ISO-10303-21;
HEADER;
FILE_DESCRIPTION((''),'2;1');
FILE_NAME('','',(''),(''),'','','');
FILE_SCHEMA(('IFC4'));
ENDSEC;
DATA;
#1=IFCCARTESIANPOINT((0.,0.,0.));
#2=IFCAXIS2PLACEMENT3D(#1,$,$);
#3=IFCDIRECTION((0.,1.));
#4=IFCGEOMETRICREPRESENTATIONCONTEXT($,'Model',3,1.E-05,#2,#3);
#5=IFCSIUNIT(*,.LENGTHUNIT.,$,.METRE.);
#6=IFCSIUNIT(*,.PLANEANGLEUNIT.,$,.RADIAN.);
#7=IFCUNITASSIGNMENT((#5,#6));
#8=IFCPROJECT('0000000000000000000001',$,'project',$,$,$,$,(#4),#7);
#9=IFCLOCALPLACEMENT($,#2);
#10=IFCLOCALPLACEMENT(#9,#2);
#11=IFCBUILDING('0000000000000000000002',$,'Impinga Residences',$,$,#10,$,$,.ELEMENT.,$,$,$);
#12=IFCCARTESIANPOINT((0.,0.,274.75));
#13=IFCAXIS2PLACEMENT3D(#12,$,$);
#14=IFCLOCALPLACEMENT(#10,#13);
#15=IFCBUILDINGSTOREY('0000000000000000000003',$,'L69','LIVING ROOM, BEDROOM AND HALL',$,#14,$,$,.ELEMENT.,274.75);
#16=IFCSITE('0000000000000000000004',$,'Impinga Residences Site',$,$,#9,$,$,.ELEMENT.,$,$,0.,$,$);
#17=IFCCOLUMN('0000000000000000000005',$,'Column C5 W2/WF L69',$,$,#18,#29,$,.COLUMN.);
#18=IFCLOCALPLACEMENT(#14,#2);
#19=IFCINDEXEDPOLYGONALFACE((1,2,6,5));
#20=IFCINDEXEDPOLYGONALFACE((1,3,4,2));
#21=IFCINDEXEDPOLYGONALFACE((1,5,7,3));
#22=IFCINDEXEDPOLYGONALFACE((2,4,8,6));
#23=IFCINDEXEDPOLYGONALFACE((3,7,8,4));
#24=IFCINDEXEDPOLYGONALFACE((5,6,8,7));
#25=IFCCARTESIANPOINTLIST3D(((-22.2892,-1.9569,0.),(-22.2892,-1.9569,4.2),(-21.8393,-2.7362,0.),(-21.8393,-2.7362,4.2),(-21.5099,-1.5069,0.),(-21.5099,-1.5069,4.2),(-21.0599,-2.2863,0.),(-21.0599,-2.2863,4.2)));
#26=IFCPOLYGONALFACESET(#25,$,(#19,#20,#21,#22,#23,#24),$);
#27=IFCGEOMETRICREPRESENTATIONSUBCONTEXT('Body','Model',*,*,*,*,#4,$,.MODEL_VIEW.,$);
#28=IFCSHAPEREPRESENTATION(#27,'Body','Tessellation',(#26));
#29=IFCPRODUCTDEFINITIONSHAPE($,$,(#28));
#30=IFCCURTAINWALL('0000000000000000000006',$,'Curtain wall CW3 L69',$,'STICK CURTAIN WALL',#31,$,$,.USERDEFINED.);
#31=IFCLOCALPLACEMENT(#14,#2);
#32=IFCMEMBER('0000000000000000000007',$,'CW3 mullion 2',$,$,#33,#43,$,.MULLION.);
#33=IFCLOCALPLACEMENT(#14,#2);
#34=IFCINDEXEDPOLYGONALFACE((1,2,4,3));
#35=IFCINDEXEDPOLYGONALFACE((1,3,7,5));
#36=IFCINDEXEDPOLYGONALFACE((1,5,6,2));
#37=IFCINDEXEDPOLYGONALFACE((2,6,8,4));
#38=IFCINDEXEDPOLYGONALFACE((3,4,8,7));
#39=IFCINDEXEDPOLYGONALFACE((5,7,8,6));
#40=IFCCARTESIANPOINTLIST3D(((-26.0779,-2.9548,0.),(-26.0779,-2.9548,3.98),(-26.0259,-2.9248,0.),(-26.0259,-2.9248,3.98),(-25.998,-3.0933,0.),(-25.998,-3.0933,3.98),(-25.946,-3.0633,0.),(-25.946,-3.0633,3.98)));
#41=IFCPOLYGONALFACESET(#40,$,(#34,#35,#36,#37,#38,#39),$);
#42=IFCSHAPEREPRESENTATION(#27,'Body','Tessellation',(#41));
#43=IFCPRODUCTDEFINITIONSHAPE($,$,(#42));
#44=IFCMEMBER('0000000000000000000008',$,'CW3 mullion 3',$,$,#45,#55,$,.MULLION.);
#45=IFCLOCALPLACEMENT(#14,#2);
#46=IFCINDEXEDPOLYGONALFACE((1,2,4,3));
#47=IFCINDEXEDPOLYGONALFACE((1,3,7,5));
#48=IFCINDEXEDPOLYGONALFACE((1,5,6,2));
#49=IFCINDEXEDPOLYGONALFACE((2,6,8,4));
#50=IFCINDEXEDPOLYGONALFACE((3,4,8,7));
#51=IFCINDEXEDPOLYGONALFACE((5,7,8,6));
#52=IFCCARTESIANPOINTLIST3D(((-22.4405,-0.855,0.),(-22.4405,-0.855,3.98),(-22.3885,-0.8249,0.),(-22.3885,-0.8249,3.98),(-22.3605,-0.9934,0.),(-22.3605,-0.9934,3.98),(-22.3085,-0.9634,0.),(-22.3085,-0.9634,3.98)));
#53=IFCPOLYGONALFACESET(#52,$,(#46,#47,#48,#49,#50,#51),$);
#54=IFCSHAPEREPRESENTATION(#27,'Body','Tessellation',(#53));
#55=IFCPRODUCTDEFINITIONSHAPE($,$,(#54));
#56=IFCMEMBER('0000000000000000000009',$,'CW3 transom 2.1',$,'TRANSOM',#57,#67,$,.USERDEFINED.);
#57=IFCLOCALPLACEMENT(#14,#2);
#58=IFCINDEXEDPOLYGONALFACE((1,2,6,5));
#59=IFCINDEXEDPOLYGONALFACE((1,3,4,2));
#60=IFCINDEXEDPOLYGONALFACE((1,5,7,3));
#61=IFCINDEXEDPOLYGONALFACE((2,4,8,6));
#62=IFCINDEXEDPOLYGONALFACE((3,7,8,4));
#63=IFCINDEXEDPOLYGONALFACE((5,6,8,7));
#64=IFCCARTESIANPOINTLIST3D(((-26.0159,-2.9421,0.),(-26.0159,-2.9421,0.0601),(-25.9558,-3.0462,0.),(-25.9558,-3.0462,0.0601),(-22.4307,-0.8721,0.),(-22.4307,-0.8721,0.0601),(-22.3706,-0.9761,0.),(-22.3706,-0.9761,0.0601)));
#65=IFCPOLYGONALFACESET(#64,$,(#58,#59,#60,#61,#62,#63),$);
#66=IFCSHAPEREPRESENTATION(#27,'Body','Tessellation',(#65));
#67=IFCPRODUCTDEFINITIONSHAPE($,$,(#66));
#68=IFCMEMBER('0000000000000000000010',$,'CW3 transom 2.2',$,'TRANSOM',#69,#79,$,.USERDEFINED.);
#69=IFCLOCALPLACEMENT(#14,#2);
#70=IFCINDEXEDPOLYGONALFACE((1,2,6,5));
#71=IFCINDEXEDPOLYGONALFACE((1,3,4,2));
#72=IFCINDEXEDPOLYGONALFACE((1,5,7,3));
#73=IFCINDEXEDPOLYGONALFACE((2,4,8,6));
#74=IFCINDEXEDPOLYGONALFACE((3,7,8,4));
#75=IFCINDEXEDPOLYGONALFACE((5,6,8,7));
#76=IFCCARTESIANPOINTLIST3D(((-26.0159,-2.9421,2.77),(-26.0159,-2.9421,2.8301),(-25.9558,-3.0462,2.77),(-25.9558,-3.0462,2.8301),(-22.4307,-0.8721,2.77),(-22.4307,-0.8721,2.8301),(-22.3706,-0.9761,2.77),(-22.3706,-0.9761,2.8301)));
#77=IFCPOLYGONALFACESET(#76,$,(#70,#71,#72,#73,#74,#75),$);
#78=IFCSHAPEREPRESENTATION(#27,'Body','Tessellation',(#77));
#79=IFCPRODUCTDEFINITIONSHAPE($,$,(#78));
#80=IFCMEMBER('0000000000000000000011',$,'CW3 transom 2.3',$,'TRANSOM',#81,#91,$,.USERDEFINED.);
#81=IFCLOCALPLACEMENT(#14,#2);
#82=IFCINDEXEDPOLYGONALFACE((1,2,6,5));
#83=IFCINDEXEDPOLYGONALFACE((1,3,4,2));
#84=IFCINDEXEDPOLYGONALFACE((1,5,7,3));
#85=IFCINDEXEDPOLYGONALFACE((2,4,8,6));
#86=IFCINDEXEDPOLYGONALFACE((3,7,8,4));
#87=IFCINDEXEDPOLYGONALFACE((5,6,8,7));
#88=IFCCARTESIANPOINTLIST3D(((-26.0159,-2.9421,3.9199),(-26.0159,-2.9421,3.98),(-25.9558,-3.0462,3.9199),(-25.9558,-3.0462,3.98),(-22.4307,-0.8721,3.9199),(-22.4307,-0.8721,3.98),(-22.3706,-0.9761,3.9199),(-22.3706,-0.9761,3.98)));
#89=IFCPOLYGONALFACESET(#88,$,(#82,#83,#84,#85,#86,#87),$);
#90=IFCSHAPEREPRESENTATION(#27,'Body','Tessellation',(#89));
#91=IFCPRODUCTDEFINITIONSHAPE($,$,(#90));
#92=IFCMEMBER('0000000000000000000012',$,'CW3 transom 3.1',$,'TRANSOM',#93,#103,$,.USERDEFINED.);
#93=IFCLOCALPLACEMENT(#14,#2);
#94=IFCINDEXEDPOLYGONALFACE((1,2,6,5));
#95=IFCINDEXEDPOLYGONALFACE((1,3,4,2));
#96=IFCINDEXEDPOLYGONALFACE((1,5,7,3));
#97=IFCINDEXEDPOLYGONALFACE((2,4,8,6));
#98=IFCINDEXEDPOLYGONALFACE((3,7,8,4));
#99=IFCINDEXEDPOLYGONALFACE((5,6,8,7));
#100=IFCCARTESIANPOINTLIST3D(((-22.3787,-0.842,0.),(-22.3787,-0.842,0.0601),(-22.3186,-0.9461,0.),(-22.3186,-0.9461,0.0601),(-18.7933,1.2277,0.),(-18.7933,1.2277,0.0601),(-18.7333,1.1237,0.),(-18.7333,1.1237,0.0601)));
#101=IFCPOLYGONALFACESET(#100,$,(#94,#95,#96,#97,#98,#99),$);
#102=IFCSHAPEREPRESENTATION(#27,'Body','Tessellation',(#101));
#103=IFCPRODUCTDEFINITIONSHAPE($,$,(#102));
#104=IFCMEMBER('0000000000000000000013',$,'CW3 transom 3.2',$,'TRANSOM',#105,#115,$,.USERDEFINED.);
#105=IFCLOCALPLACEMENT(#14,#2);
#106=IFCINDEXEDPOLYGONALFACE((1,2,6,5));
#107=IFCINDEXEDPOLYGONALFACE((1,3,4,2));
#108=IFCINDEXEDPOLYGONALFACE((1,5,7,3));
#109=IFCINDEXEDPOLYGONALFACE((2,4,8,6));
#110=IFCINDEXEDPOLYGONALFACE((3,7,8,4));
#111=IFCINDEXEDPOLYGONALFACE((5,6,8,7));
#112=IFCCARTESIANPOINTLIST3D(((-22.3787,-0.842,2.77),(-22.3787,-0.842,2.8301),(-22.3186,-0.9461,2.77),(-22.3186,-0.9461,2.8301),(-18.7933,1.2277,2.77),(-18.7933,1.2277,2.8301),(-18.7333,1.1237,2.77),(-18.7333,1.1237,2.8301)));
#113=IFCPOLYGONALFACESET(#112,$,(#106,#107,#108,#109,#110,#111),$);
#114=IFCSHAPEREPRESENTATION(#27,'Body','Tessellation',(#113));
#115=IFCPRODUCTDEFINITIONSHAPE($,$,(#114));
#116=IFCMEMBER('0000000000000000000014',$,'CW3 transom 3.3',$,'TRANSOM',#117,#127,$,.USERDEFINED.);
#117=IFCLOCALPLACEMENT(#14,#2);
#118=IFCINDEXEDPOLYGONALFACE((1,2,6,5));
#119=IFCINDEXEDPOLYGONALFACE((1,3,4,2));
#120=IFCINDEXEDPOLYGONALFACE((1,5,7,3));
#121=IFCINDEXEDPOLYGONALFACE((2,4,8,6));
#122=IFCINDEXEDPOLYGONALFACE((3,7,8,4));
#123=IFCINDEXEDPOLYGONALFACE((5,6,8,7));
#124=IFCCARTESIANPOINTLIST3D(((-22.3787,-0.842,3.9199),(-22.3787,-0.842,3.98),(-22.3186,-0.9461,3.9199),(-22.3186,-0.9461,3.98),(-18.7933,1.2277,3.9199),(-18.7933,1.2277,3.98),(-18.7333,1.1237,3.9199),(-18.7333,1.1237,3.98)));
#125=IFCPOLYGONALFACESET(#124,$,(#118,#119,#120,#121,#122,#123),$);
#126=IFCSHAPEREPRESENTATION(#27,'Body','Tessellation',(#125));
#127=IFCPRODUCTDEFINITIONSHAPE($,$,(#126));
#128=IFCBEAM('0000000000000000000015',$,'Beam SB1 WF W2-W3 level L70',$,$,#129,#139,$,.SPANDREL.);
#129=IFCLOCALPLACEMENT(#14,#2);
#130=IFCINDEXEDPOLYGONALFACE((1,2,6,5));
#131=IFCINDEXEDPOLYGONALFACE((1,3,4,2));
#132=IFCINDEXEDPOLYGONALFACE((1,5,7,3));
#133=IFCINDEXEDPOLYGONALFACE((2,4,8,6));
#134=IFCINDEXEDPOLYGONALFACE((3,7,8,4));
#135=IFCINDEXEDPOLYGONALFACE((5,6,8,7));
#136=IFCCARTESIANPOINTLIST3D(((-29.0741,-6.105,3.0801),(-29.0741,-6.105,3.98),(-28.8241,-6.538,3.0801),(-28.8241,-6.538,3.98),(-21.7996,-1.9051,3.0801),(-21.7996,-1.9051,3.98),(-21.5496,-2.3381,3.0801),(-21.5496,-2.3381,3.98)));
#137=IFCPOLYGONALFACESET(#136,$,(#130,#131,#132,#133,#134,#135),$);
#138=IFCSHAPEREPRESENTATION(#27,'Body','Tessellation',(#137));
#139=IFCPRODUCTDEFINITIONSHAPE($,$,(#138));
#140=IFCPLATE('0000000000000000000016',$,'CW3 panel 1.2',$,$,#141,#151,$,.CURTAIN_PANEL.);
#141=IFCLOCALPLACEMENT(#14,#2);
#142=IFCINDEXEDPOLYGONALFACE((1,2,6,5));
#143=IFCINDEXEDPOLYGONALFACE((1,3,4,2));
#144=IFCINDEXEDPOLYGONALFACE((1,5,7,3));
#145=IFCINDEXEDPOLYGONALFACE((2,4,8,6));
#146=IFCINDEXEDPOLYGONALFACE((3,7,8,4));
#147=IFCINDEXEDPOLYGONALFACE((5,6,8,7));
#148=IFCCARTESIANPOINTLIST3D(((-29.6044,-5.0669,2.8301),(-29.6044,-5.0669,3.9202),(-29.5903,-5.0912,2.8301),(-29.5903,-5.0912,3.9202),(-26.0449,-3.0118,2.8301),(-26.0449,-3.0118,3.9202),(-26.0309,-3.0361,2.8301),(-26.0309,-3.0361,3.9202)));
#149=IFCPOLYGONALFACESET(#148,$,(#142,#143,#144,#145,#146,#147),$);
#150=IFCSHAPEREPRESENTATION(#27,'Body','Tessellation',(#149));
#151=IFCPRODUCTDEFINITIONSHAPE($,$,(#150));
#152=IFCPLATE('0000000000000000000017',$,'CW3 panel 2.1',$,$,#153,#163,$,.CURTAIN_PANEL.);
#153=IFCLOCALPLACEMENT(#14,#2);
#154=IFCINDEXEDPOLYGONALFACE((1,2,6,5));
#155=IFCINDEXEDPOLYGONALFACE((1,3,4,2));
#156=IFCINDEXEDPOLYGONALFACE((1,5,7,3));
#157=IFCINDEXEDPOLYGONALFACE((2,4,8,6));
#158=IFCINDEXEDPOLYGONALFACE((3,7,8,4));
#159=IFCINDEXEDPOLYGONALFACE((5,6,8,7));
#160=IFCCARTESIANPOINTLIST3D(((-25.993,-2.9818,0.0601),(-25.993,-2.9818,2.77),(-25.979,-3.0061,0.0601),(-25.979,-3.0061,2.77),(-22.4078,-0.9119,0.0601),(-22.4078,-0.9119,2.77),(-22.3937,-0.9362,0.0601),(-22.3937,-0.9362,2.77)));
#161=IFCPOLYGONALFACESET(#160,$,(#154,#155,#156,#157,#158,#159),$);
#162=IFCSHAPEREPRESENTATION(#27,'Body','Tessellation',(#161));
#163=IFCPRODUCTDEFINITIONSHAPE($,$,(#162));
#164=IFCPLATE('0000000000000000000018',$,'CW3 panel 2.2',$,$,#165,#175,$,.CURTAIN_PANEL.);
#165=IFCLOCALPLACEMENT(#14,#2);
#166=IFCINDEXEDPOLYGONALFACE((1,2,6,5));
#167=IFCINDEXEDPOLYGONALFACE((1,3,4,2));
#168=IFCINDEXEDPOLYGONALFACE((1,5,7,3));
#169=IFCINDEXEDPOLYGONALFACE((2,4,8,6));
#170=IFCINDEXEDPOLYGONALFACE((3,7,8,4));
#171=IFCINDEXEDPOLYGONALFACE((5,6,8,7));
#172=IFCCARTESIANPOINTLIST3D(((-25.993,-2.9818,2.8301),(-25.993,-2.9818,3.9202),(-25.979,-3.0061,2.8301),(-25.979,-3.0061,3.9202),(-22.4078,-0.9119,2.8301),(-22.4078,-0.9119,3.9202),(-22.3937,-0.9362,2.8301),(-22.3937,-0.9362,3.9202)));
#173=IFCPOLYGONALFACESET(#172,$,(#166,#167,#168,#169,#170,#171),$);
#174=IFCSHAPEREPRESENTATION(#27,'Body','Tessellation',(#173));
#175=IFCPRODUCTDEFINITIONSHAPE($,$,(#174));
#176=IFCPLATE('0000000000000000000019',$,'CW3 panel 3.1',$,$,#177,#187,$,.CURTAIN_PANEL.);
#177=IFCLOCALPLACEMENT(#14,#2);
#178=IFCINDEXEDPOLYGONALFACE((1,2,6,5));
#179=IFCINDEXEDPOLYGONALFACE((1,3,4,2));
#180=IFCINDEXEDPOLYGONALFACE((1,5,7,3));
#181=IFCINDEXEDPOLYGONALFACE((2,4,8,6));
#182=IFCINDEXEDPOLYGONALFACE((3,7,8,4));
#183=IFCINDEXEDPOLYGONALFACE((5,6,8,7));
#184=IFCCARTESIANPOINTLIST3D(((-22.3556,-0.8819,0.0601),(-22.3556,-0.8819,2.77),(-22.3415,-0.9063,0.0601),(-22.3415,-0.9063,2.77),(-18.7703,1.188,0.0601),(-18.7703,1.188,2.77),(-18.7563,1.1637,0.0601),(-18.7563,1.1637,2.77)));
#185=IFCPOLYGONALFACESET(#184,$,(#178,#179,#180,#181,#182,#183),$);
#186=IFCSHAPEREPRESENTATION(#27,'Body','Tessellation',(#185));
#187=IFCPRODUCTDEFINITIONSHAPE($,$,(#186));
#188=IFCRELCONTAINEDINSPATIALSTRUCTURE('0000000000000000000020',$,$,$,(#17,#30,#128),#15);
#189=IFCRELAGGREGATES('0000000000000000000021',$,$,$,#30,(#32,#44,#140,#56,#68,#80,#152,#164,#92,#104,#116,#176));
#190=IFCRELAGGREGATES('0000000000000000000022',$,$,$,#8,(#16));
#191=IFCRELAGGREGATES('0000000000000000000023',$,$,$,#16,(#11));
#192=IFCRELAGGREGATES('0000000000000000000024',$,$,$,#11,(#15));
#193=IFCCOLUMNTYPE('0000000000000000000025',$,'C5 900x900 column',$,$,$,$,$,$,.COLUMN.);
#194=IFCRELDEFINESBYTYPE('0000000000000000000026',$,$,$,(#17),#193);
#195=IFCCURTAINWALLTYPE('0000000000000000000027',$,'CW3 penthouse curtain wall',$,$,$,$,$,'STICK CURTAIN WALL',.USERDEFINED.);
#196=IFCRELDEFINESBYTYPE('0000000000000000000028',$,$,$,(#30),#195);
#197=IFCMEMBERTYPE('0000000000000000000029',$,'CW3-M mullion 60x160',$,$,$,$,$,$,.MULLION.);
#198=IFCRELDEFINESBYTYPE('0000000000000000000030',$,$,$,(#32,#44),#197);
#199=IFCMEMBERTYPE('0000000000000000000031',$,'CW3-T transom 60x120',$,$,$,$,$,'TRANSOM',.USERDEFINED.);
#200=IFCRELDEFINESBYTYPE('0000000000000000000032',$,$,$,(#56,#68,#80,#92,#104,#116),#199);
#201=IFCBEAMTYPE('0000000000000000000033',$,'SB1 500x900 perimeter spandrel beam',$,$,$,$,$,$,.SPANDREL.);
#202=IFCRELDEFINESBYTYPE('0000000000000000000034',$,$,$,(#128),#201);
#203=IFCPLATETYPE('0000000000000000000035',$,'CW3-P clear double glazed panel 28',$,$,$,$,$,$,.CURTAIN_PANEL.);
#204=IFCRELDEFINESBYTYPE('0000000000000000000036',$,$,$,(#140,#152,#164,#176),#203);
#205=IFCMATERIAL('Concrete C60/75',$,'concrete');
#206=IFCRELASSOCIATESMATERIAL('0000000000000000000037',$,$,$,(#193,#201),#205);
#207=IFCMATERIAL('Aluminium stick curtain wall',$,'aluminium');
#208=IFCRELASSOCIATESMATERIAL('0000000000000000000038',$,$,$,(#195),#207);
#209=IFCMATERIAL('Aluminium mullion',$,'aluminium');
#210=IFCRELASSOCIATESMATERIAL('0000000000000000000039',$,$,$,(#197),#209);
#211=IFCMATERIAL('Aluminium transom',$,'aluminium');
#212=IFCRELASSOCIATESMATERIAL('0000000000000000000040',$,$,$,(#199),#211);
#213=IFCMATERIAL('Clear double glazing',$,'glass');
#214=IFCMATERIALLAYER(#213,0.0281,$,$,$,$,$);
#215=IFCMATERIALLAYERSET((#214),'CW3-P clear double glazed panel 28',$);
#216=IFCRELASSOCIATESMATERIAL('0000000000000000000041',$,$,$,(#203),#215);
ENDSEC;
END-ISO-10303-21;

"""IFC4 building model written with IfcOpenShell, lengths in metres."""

from ifc_helpers import new_model, si_unit, direction, frame, origin, origin_2d, place, context, subcontext, project, spatial, rectangle, extrude, material, layer, layer_set, material_profile, profile_set, type_object, element, aggregate, save


model = new_model("IFC4")

# Units and contexts
model_context = context("Model", 3, precision=1e-05, world=origin(), true_north=direction((0.0, 1.0)))
body_context = subcontext(model_context, "Body", "Model", "MODEL_VIEW")
ifc_project = project(units=[si_unit("LENGTHUNIT", "METRE"), si_unit("PLANEANGLEUNIT", "RADIAN")], contexts=[model_context])

# Site, building, storey
site_placement = place(None, origin())
site = spatial("IfcSite", under=ifc_project, at=site_placement, Name="Impinga Residences Site", CompositionType="ELEMENT", RefElevation=0.0)
building_placement = place(site_placement, origin())
building = spatial("IfcBuilding", under=site, at=building_placement, Name="Impinga Residences", CompositionType="ELEMENT")
storey_placement = place(building_placement, frame((0.0, 0.0, 274.75)))
storey = spatial("IfcBuildingStorey", under=building, at=storey_placement, Name="L69", Description="LIVING ROOM, BEDROOM AND HALL", CompositionType="ELEMENT", Elevation=274.75)

# Column
ifc_material_1 = material(Name="Concrete C60/75", Category="concrete")
ifc_material_profile_1 = material_profile(ifc_material_1, rectangle(XDim=0.8999, YDim=0.8999, at=origin_2d()), Name="RC 900x900")
ifc_profile_set_1 = profile_set([ifc_material_profile_1], Name="Concrete C60/75")
column_type = type_object("IfcColumnType", Name="C5 900x900 column", PredefinedType="COLUMN", material=ifc_profile_set_1)
column_placement = place(storey_placement, frame((-21.6746, -2.1216, 0.0), z_axis=(0.0, 0.0, 1.0), x_axis=(-0.5, 0.866025, 0.0)))
element("IfcColumn", 1, at=column_placement, inside=storey, type_object=column_type, Name="Column C5 W2/WF L69", PredefinedType="COLUMN", context=body_context, shape_type="SweptSolid", body=[
    extrude(rectangle(XDim=0.8999, YDim=0.8999, at=origin_2d()), origin(), (0.0, 0.0, 1.0), 4.2),
])

# Curtain wall, members
ifc_material_2 = material(Name="Aluminium stick curtain wall", Category="aluminium")
curtain_wall_type = type_object("IfcCurtainWallType", Name="CW3 penthouse curtain wall", ElementType="STICK CURTAIN WALL", PredefinedType="USERDEFINED", material=ifc_material_2)
curtain_wall_placement = place(storey_placement, origin())
curtain_wall = element("IfcCurtainWall", 2, at=curtain_wall_placement, inside=storey, type_object=curtain_wall_type, Name="Curtain wall CW3 L69", ObjectType="STICK CURTAIN WALL", PredefinedType="USERDEFINED")
ifc_material_3 = material(Name="Aluminium mullion", Category="aluminium")
ifc_material_profile_2 = material_profile(ifc_material_3, rectangle(XDim=0.0601, YDim=0.1599, at=origin_2d()), Name="60x160 mullion")
ifc_profile_set_2 = profile_set([ifc_material_profile_2], Name="Aluminium mullion")
member_type_1 = type_object("IfcMemberType", Name="CW3-M mullion 60x160", PredefinedType="MULLION", material=ifc_profile_set_2)
member_1_placement = place(storey_placement, frame((-26.012, -3.009, 0.0), z_axis=(0.0, 0.0, 1.0), x_axis=(0.866025, 0.5, 0.0)))
member_1 = element("IfcMember", 3, at=member_1_placement, type_object=member_type_1, Name="CW3 mullion 2", PredefinedType="MULLION", context=body_context, shape_type="SweptSolid", body=[
    extrude(rectangle(XDim=0.0601, YDim=0.1599, at=origin_2d()), origin(), (0.0, 0.0, 1.0), 3.98),
])
member_2_placement = place(storey_placement, frame((-22.3745, -0.9092, 0.0), z_axis=(0.0, 0.0, 1.0), x_axis=(0.866025, 0.5, 0.0)))
member_2 = element("IfcMember", 4, at=member_2_placement, type_object=member_type_1, Name="CW3 mullion 3", PredefinedType="MULLION", context=body_context, shape_type="SweptSolid", body=[
    extrude(rectangle(XDim=0.0601, YDim=0.1599, at=origin_2d()), origin(), (0.0, 0.0, 1.0), 3.98),
])
ifc_material_4 = material(Name="Aluminium transom", Category="aluminium")
ifc_material_profile_3 = material_profile(ifc_material_4, rectangle(XDim=0.0601, YDim=0.1201, at=origin_2d()), Name="60x120 transom")
ifc_profile_set_3 = profile_set([ifc_material_profile_3], Name="Aluminium transom")
member_type_2 = type_object("IfcMemberType", Name="CW3-T transom 60x120", ElementType="TRANSOM", PredefinedType="USERDEFINED", material=ifc_profile_set_3)
member_3_placement = place(storey_placement, frame((-25.9858, -2.9941, 0.03), z_axis=(0.86601, 0.500027, 0.0), x_axis=(0.0, 0.0, 1.0)))
member_3 = element("IfcMember", 5, at=member_3_placement, type_object=member_type_2, Name="CW3 transom 2.1", ObjectType="TRANSOM", PredefinedType="USERDEFINED", context=body_context, shape_type="SweptSolid", body=[
    extrude(rectangle(XDim=0.0601, YDim=0.1201, at=origin_2d()), origin(), (0.0, 0.0, 1.0), 4.1399),
])
member_4_placement = place(storey_placement, frame((-25.9858, -2.9941, 2.8), z_axis=(0.86601, 0.500027, 0.0), x_axis=(0.0, 0.0, 1.0)))
member_4 = element("IfcMember", 6, at=member_4_placement, type_object=member_type_2, Name="CW3 transom 2.2", ObjectType="TRANSOM", PredefinedType="USERDEFINED", context=body_context, shape_type="SweptSolid", body=[
    extrude(rectangle(XDim=0.0601, YDim=0.1201, at=origin_2d()), origin(), (0.0, 0.0, 1.0), 4.1399),
])
member_5_placement = place(storey_placement, frame((-25.9858, -2.9941, 3.95), z_axis=(0.86601, 0.500027, 0.0), x_axis=(0.0, 0.0, 1.0)))
member_5 = element("IfcMember", 7, at=member_5_placement, type_object=member_type_2, Name="CW3 transom 2.3", ObjectType="TRANSOM", PredefinedType="USERDEFINED", context=body_context, shape_type="SweptSolid", body=[
    extrude(rectangle(XDim=0.0601, YDim=0.1201, at=origin_2d()), origin(), (0.0, 0.0, 1.0), 4.1399),
])
member_6_placement = place(storey_placement, frame((-22.3486, -0.894, 0.03), z_axis=(0.86605, 0.499957, 0.0), x_axis=(0.0, 0.0, 1.0)))
member_6 = element("IfcMember", 8, at=member_6_placement, type_object=member_type_2, Name="CW3 transom 3.1", ObjectType="TRANSOM", PredefinedType="USERDEFINED", context=body_context, shape_type="SweptSolid", body=[
    extrude(rectangle(XDim=0.0601, YDim=0.1201, at=origin_2d()), origin(), (0.0, 0.0, 1.0), 4.1399),
])
member_7_placement = place(storey_placement, frame((-22.3486, -0.894, 2.8), z_axis=(0.86605, 0.499957, 0.0), x_axis=(0.0, 0.0, 1.0)))
member_7 = element("IfcMember", 9, at=member_7_placement, type_object=member_type_2, Name="CW3 transom 3.2", ObjectType="TRANSOM", PredefinedType="USERDEFINED", context=body_context, shape_type="SweptSolid", body=[
    extrude(rectangle(XDim=0.0601, YDim=0.1201, at=origin_2d()), origin(), (0.0, 0.0, 1.0), 4.1399),
])
member_8_placement = place(storey_placement, frame((-22.3486, -0.894, 3.95), z_axis=(0.86605, 0.499957, 0.0), x_axis=(0.0, 0.0, 1.0)))
member_8 = element("IfcMember", 10, at=member_8_placement, type_object=member_type_2, Name="CW3 transom 3.3", ObjectType="TRANSOM", PredefinedType="USERDEFINED", context=body_context, shape_type="SweptSolid", body=[
    extrude(rectangle(XDim=0.0601, YDim=0.1201, at=origin_2d()), origin(), (0.0, 0.0, 1.0), 4.1399),
])

# Beam
ifc_material_profile_4 = material_profile(ifc_material_1, rectangle(XDim=0.5, YDim=0.8999, at=origin_2d()), Name="RC 500x900")
ifc_profile_set_4 = profile_set([ifc_material_profile_4], Name="Concrete C60/75")
beam_type = type_object("IfcBeamType", Name="SB1 500x900 perimeter spandrel beam", PredefinedType="SPANDREL", material=ifc_profile_set_4)
beam_placement = place(storey_placement, frame((-21.6746, -2.1216, 3.53), z_axis=(-0.866029, -0.499993, 0.0), x_axis=(0.499993, -0.866029, 0.0)))
element("IfcBeam", 11, at=beam_placement, inside=storey, type_object=beam_type, Name="Beam SB1 WF W2-W3 level L70", PredefinedType="SPANDREL", context=body_context, shape_type="SweptSolid", body=[
    extrude(rectangle(XDim=0.5, YDim=0.8999, at=origin_2d()), origin(), (0.0, 0.0, 1.0), 8.3999),
])

# Plates
ifc_material_5 = material(Name="Clear double glazing", Category="glass")
ifc_layer_1 = layer(ifc_material_5, 0.0281)
ifc_layer_set_1 = layer_set([ifc_layer_1], Name="CW3-P clear double glazed panel 28")
plate_type = type_object("IfcPlateType", Name="CW3-P clear double glazed panel 28", PredefinedType="CURTAIN_PANEL", material=ifc_layer_set_1)
plate_1_placement = place(storey_placement, frame((-27.8176, -4.0515, 2.8301), z_axis=(0.0, 0.0, 1.0), x_axis=(0.866025, 0.5, 0.0)))
plate_1 = element("IfcPlate", 12, at=plate_1_placement, type_object=plate_type, Name="CW3 panel 1.2", PredefinedType="CURTAIN_PANEL", context=body_context, shape_type="SweptSolid", body=[
    extrude(rectangle(XDim=4.1101, YDim=0.0281, at=origin_2d()), origin(), (0.0, 0.0, 1.0), 1.0901),
])
plate_2_placement = place(storey_placement, frame((-24.1934, -1.959, 0.0601), z_axis=(0.0, 0.0, 1.0), x_axis=(0.866025, 0.5, 0.0)))
plate_2 = element("IfcPlate", 13, at=plate_2_placement, type_object=plate_type, Name="CW3 panel 2.1", PredefinedType="CURTAIN_PANEL", context=body_context, shape_type="SweptSolid", body=[
    extrude(rectangle(XDim=4.1399, YDim=0.0281, at=origin_2d()), origin(), (0.0, 0.0, 1.0), 2.71),
])
plate_3_placement = place(storey_placement, frame((-24.1934, -1.959, 2.8301), z_axis=(0.0, 0.0, 1.0), x_axis=(0.866025, 0.5, 0.0)))
plate_3 = element("IfcPlate", 14, at=plate_3_placement, type_object=plate_type, Name="CW3 panel 2.2", PredefinedType="CURTAIN_PANEL", context=body_context, shape_type="SweptSolid", body=[
    extrude(rectangle(XDim=4.1399, YDim=0.0281, at=origin_2d()), origin(), (0.0, 0.0, 1.0), 1.0901),
])
plate_4_placement = place(storey_placement, frame((-20.5559, 0.1409, 0.0601), z_axis=(0.0, 0.0, 1.0), x_axis=(0.866025, 0.5, 0.0)))
plate_4 = element("IfcPlate", 15, at=plate_4_placement, type_object=plate_type, Name="CW3 panel 3.1", PredefinedType="CURTAIN_PANEL", context=body_context, shape_type="SweptSolid", body=[
    extrude(rectangle(XDim=4.1399, YDim=0.0281, at=origin_2d()), origin(), (0.0, 0.0, 1.0), 2.71),
])
aggregate(curtain_wall, [member_1, member_2, plate_1, member_3, member_4, member_5, plate_2, plate_3, member_6, member_7, member_8, plate_4])

save(model, "model.ifc")
